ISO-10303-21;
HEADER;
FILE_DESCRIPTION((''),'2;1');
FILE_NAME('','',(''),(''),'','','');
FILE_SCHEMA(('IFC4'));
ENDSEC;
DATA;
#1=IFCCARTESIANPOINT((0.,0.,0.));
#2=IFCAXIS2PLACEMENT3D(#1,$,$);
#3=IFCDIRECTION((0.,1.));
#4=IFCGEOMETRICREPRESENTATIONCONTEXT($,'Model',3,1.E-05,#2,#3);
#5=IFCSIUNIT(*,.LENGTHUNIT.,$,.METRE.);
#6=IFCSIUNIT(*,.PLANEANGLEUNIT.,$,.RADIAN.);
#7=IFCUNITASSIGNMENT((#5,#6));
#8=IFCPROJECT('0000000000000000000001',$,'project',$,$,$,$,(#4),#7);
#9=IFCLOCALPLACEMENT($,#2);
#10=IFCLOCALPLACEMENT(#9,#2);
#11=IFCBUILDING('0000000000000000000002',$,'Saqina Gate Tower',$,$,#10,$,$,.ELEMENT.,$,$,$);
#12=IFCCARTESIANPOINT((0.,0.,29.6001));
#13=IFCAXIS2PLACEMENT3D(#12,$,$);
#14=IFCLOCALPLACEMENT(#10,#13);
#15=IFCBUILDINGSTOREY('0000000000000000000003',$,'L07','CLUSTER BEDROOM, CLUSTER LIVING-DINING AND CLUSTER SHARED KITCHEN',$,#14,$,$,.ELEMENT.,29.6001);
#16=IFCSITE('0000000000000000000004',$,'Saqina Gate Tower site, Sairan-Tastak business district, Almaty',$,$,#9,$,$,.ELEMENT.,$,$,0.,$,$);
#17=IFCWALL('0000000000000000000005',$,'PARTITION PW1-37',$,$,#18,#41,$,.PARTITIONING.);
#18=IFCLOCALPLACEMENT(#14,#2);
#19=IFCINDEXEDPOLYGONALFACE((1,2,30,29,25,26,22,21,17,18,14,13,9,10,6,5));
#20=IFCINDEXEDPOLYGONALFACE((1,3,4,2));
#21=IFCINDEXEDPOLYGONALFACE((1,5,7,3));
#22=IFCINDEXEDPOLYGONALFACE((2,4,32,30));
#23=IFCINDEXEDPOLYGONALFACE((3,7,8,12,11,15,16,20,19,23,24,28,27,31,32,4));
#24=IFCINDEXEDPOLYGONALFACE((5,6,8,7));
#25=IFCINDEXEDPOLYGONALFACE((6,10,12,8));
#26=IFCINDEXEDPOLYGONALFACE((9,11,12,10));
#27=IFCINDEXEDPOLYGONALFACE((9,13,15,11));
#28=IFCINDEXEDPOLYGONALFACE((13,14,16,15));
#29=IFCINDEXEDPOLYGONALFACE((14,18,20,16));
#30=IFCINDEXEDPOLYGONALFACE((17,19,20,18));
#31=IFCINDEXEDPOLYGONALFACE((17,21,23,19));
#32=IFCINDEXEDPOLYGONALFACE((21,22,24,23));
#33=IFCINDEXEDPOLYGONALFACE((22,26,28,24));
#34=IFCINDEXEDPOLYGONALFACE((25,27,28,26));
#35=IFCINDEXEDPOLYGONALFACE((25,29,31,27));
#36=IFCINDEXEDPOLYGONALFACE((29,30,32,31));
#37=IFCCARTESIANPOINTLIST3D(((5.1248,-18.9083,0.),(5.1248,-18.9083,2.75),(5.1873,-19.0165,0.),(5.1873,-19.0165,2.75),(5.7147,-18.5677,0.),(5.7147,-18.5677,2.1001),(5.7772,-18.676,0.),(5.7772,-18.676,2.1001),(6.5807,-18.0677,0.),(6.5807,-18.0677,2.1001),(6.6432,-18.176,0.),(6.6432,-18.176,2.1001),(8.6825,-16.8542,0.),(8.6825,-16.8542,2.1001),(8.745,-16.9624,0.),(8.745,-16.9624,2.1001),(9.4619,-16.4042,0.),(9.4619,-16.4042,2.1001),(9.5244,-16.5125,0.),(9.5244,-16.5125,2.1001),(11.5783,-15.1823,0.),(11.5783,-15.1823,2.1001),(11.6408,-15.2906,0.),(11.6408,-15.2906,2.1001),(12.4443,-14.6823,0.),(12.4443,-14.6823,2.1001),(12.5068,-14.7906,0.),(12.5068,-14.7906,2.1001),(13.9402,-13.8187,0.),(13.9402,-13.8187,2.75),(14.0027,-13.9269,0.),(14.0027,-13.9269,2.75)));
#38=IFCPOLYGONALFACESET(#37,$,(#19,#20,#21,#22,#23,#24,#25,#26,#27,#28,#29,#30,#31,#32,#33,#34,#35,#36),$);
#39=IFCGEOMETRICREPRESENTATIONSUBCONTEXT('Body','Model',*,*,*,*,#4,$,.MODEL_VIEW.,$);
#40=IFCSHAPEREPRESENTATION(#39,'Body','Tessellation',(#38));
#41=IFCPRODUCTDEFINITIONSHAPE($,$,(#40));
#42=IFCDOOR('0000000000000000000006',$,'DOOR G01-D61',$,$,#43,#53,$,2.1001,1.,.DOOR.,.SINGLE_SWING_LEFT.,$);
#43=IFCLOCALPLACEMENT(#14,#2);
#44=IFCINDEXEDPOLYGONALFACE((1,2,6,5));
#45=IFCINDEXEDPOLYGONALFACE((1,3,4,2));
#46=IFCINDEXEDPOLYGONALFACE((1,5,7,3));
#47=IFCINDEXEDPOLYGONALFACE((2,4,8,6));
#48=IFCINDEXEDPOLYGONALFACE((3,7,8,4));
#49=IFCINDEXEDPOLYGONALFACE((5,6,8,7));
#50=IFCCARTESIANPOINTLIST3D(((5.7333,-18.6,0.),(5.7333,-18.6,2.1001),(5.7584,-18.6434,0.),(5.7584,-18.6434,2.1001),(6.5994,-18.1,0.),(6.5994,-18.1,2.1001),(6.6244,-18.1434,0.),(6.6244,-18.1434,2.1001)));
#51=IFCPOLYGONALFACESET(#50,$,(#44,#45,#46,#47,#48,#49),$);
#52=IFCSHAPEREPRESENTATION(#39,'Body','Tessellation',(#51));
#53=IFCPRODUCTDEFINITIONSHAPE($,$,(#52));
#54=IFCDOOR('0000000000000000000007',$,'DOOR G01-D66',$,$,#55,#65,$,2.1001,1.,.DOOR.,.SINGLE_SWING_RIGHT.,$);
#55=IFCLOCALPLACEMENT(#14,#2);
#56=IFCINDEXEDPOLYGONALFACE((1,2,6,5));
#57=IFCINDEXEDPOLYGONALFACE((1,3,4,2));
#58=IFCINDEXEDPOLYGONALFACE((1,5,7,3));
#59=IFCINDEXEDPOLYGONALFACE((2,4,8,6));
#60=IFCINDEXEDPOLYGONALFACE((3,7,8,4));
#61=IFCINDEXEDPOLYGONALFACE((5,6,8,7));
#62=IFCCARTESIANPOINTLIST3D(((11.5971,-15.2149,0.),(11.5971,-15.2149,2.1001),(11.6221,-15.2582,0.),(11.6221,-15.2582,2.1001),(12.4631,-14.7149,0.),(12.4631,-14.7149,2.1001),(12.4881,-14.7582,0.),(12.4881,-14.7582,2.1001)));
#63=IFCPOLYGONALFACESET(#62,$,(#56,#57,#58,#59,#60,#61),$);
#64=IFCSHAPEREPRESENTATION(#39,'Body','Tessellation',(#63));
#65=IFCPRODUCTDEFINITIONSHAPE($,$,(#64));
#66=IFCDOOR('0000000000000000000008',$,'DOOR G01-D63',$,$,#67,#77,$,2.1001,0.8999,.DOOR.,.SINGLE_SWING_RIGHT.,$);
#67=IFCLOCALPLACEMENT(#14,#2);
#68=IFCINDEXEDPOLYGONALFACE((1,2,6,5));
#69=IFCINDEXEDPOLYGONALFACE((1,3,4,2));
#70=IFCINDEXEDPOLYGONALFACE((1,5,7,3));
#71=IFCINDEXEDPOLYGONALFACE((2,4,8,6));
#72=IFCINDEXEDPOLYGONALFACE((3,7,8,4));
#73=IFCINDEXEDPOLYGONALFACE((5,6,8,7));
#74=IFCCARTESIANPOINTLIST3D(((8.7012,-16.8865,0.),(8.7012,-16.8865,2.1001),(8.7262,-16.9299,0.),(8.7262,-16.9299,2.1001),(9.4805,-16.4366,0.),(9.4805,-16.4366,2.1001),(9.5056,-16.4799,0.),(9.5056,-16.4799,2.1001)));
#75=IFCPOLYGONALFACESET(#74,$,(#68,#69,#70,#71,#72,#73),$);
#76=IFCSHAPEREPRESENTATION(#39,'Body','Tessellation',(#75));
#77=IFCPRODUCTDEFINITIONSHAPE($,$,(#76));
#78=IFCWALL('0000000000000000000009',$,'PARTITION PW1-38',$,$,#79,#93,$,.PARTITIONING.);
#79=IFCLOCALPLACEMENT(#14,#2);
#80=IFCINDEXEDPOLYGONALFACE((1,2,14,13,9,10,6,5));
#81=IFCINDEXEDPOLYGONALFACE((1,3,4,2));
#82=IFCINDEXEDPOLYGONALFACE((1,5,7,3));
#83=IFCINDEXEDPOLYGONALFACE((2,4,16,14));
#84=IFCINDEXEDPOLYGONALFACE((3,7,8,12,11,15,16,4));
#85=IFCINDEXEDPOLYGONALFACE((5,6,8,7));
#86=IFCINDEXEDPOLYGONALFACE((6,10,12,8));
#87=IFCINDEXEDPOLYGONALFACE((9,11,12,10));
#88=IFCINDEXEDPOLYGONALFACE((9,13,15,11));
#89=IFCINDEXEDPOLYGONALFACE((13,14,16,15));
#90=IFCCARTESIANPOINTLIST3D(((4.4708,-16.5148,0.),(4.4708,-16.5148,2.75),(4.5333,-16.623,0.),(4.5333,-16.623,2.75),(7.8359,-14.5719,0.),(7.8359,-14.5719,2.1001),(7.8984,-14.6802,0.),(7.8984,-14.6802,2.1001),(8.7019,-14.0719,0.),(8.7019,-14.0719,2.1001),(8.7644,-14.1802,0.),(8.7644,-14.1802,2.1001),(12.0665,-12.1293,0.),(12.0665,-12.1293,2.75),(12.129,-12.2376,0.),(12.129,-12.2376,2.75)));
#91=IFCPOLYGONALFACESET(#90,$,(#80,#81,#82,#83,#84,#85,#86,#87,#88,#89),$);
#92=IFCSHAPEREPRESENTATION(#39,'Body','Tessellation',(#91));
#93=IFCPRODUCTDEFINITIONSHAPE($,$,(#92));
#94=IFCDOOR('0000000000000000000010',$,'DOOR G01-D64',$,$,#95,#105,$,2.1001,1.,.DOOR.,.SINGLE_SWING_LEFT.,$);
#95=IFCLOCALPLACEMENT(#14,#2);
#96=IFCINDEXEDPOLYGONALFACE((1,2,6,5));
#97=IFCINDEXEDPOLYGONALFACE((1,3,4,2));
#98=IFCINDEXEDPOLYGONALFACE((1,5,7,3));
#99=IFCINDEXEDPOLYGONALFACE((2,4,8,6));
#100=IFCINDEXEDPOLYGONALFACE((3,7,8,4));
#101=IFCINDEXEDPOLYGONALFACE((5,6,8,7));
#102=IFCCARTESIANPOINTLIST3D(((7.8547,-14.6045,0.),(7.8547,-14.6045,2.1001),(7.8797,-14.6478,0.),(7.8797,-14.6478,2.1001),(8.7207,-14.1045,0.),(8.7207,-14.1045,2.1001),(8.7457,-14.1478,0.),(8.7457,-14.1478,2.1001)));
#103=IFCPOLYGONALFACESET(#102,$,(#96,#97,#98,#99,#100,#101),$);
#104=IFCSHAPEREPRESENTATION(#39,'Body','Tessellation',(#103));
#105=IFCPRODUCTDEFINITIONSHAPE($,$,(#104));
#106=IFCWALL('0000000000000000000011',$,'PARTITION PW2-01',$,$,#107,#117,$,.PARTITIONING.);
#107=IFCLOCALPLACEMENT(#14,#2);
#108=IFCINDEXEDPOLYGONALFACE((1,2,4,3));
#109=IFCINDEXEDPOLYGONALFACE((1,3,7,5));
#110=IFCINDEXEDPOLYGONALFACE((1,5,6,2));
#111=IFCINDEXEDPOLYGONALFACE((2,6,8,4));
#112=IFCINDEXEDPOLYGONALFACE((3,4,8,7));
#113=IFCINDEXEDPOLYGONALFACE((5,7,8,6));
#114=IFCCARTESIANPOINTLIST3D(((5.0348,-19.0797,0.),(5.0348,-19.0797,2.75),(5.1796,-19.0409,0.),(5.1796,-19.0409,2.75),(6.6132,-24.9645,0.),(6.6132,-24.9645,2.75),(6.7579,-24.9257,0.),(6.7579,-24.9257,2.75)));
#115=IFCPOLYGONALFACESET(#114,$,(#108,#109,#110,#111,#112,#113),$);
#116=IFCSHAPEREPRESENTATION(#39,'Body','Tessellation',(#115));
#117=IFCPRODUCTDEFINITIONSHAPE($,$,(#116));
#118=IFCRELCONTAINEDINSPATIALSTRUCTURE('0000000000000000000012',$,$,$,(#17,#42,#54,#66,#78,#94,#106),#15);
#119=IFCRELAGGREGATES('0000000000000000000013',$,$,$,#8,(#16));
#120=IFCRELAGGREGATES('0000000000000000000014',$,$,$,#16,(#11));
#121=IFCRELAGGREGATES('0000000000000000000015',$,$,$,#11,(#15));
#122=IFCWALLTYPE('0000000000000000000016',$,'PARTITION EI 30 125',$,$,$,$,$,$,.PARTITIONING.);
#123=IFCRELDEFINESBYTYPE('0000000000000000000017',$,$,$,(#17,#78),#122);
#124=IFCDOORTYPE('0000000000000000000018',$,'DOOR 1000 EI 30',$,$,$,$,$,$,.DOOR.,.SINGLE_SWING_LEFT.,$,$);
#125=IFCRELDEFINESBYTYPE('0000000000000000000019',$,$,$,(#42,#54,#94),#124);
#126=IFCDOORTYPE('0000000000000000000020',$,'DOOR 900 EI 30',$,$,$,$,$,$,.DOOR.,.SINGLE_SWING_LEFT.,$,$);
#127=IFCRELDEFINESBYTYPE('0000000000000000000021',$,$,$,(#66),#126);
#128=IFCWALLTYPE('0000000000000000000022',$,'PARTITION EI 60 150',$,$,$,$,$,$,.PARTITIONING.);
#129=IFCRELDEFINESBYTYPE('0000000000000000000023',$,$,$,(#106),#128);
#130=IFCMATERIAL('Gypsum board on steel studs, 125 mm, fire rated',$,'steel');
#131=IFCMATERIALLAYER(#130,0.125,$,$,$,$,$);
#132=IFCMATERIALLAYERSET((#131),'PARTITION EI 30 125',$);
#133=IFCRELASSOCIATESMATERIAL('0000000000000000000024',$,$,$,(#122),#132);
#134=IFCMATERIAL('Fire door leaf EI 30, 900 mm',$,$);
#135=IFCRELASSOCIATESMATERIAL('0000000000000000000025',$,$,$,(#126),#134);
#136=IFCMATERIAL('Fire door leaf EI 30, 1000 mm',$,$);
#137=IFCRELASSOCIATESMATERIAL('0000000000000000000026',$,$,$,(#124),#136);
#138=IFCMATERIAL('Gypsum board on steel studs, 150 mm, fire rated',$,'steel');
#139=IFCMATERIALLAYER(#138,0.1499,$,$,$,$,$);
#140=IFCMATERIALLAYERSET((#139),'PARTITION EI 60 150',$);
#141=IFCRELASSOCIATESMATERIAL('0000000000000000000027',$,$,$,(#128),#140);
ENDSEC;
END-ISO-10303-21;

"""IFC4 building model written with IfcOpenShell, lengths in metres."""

from ifc_helpers import new_model, si_unit, direction, frame, frame_2d, origin, place, context, subcontext, project, spatial, rectangle, extrude, material, layer, layer_set, type_object, element, fill, save


model = new_model("IFC4")

# Units and contexts
model_context = context("Model", 3, precision=1e-05, world=origin(), true_north=direction((0.0, 1.0)))
body_context = subcontext(model_context, "Body", "Model", "MODEL_VIEW")
ifc_project = project(units=[si_unit("LENGTHUNIT", "METRE"), si_unit("PLANEANGLEUNIT", "RADIAN")], contexts=[model_context])

# Site, building, storey
site_placement = place(None, origin())
site = spatial("IfcSite", under=ifc_project, at=site_placement, Name="Saqina Gate Tower site, Sairan-Tastak business district, Almaty", CompositionType="ELEMENT", RefElevation=0.0)
building_placement = place(site_placement, origin())
building = spatial("IfcBuilding", under=site, at=building_placement, Name="Saqina Gate Tower", CompositionType="ELEMENT")
storey_placement = place(building_placement, frame((0.0, 0.0, 29.6001)))
storey = spatial("IfcBuildingStorey", under=building, at=storey_placement, Name="L07", Description="CLUSTER BEDROOM, CLUSTER LIVING-DINING AND CLUSTER SHARED KITCHEN", CompositionType="ELEMENT", Elevation=29.6001)

# Shared definitions
ifc_material_1 = material(Name="Gypsum board on steel studs, 125 mm, fire rated", Category="steel")
ifc_layer_1 = layer(ifc_material_1, 0.125)
ifc_layer_set_1 = layer_set([ifc_layer_1], Name="PARTITION EI 30 125")
wall_type_1 = type_object("IfcWallType", Name="PARTITION EI 30 125", PredefinedType="PARTITIONING", material=ifc_layer_set_1)
ifc_material_2 = material(Name="Fire door leaf EI 30, 900 mm")
door_type_1 = type_object("IfcDoorType", Name="DOOR 900 EI 30", OperationType="SINGLE_SWING_LEFT", PredefinedType="DOOR", material=ifc_material_2)

# Wall, openings, doors
wall_1_placement = place(storey_placement, frame((5.156, -18.9624, 0.0), z_axis=(0.0, 0.0, 1.0), x_axis=(0.866025, 0.500001, 0.0)))
wall_1 = element("IfcWall", 1, at=wall_1_placement, inside=storey, type_object=wall_type_1, Name="PARTITION PW1-37", PredefinedType="PARTITIONING", context=body_context, shape_type="SweptSolid", body=[
    extrude(rectangle(XDim=10.1792, YDim=0.125, at=frame_2d((5.0896, 0.0))), origin(), (0.0, 0.0, 1.0), 2.75),
])
opening_1_placement = place(wall_1_placement, frame((0.6812, 0.0, 0.0)))
opening_1 = element("IfcOpeningElement", 2, at=opening_1_placement, cuts=wall_1, PredefinedType="OPENING", context=body_context, shape_type="SweptSolid", body=[
    extrude(rectangle(XDim=1.0, YDim=2.1001, at=frame_2d((0.5, 1.05))), frame((0.0, 0.0745, 0.0), z_axis=(0.0, -1.0, 0.0), x_axis=(1.0, 0.0, 0.0)), (0.0, 0.0, 1.0), 0.1489),
])
opening_2_placement = place(wall_1_placement, frame((4.1082, 0.0, 0.0)))
opening_2 = element("IfcOpeningElement", 3, at=opening_2_placement, cuts=wall_1, PredefinedType="OPENING", context=body_context, shape_type="SweptSolid", body=[
    extrude(rectangle(XDim=0.8999, YDim=2.1001, at=frame_2d((0.45, 1.05))), frame((0.0, 0.0745, 0.0), z_axis=(0.0, -1.0, 0.0), x_axis=(1.0, 0.0, 0.0)), (0.0, 0.0, 1.0), 0.1489),
])
opening_3_placement = place(wall_1_placement, frame((7.4519, 0.0, 0.0)))
opening_3 = element("IfcOpeningElement", 4, at=opening_3_placement, cuts=wall_1, PredefinedType="OPENING", context=body_context, shape_type="SweptSolid", body=[
    extrude(rectangle(XDim=1.0, YDim=2.1001, at=frame_2d((0.5, 1.05))), frame((0.0, 0.0745, 0.0), z_axis=(0.0, -1.0, 0.0), x_axis=(1.0, 0.0, 0.0)), (0.0, 0.0, 1.0), 0.1489),
])
ifc_material_3 = material(Name="Fire door leaf EI 30, 1000 mm")
door_type_2 = type_object("IfcDoorType", Name="DOOR 1000 EI 30", OperationType="SINGLE_SWING_LEFT", PredefinedType="DOOR", material=ifc_material_3)
door_1_placement = place(opening_1_placement, frame((1.0, 0.0, 0.0), z_axis=(0.0, 0.0, 1.0), x_axis=(-1.0, 0.0, 0.0)))
door_1 = element("IfcDoor", 5, at=door_1_placement, inside=storey, type_object=door_type_2, Name="DOOR G01-D61", OperationType="SINGLE_SWING_LEFT", OverallHeight=2.1001, OverallWidth=1.0, PredefinedType="DOOR", context=body_context, shape_type="SweptSolid", body=[
    extrude(rectangle(XDim=1.0, YDim=2.1001, at=frame_2d((0.5, 1.05))), frame((0.0, 0.0249, 0.0), z_axis=(0.0, -1.0, 0.0), x_axis=(1.0, 0.0, 0.0)), (0.0, 0.0, 1.0), 0.05),
])
fill(opening_1, door_1)
door_2_placement = place(opening_3_placement, origin())
door_2 = element("IfcDoor", 6, at=door_2_placement, inside=storey, type_object=door_type_2, Name="DOOR G01-D66", OperationType="SINGLE_SWING_RIGHT", OverallHeight=2.1001, OverallWidth=1.0, PredefinedType="DOOR", context=body_context, shape_type="SweptSolid", body=[
    extrude(rectangle(XDim=1.0, YDim=2.1001, at=frame_2d((0.5, 1.05))), frame((0.0, 0.0249, 0.0), z_axis=(0.0, -1.0, 0.0), x_axis=(1.0, 0.0, 0.0)), (0.0, 0.0, 1.0), 0.05),
])
fill(opening_3, door_2)
door_3_placement = place(opening_2_placement, frame((0.8999, 0.0, 0.0), z_axis=(0.0, 0.0, 1.0), x_axis=(-1.0, 0.0, 0.0)))
door_3 = element("IfcDoor", 7, at=door_3_placement, inside=storey, type_object=door_type_1, Name="DOOR G01-D63", OperationType="SINGLE_SWING_RIGHT", OverallHeight=2.1001, OverallWidth=0.8999, PredefinedType="DOOR", context=body_context, shape_type="SweptSolid", body=[
    extrude(rectangle(XDim=0.8999, YDim=2.1001, at=frame_2d((0.45, 1.05))), frame((0.0, 0.0249, 0.0), z_axis=(0.0, -1.0, 0.0), x_axis=(1.0, 0.0, 0.0)), (0.0, 0.0, 1.0), 0.05),
])
fill(opening_2, door_3)

# Wall, opening, door
wall_2_placement = place(storey_placement, frame((4.5022, -16.5688, 0.0), z_axis=(0.0, 0.0, 1.0), x_axis=(0.86602, 0.50001, 0.0)))
wall_2 = element("IfcWall", 8, at=wall_2_placement, inside=storey, type_object=wall_type_1, Name="PARTITION PW1-38", PredefinedType="PARTITIONING", context=body_context, shape_type="SweptSolid", body=[
    extrude(rectangle(XDim=8.7708, YDim=0.125, at=frame_2d((4.3853, 0.0))), origin(), (0.0, 0.0, 1.0), 2.75),
])
opening_4_placement = place(wall_2_placement, frame((3.8855, 0.0, 0.0)))
opening_4 = element("IfcOpeningElement", 9, at=opening_4_placement, cuts=wall_2, PredefinedType="OPENING", context=body_context, shape_type="SweptSolid", body=[
    extrude(rectangle(XDim=1.0, YDim=2.1001, at=frame_2d((0.5, 1.05))), frame((0.0, 0.0745, 0.0), z_axis=(0.0, -1.0, 0.0), x_axis=(1.0, 0.0, 0.0)), (0.0, 0.0, 1.0), 0.1489),
])
door_4_placement = place(opening_4_placement, origin())
door_4 = element("IfcDoor", 10, at=door_4_placement, inside=storey, type_object=door_type_2, Name="DOOR G01-D64", OperationType="SINGLE_SWING_LEFT", OverallHeight=2.1001, OverallWidth=1.0, PredefinedType="DOOR", context=body_context, shape_type="SweptSolid", body=[
    extrude(rectangle(XDim=1.0, YDim=2.1001, at=frame_2d((0.5, 1.05))), frame((0.0, 0.0249, 0.0), z_axis=(0.0, -1.0, 0.0), x_axis=(1.0, 0.0, 0.0)), (0.0, 0.0, 1.0), 0.05),
])
fill(opening_4, door_4)

# Wall
ifc_material_4 = material(Name="Gypsum board on steel studs, 150 mm, fire rated", Category="steel")
ifc_layer_2 = layer(ifc_material_4, 0.1499)
ifc_layer_set_2 = layer_set([ifc_layer_2], Name="PARTITION EI 60 150")
wall_type_2 = type_object("IfcWallType", Name="PARTITION EI 60 150", PredefinedType="PARTITIONING", material=ifc_layer_set_2)
wall_3_placement = place(storey_placement, frame((5.1072, -19.0603, 0.0), z_axis=(0.0, 0.0, 1.0), x_axis=(0.259057, -0.965862, 0.0)))
element("IfcWall", 11, at=wall_3_placement, inside=storey, type_object=wall_type_2, Name="PARTITION PW2-01", PredefinedType="PARTITIONING", context=body_context, shape_type="SweptSolid", body=[
    extrude(rectangle(XDim=6.0928, YDim=0.1499, at=frame_2d((3.0464, 0.0))), origin(), (0.0, 0.0, 1.0), 2.75),
])

save(model, "model.ifc")
